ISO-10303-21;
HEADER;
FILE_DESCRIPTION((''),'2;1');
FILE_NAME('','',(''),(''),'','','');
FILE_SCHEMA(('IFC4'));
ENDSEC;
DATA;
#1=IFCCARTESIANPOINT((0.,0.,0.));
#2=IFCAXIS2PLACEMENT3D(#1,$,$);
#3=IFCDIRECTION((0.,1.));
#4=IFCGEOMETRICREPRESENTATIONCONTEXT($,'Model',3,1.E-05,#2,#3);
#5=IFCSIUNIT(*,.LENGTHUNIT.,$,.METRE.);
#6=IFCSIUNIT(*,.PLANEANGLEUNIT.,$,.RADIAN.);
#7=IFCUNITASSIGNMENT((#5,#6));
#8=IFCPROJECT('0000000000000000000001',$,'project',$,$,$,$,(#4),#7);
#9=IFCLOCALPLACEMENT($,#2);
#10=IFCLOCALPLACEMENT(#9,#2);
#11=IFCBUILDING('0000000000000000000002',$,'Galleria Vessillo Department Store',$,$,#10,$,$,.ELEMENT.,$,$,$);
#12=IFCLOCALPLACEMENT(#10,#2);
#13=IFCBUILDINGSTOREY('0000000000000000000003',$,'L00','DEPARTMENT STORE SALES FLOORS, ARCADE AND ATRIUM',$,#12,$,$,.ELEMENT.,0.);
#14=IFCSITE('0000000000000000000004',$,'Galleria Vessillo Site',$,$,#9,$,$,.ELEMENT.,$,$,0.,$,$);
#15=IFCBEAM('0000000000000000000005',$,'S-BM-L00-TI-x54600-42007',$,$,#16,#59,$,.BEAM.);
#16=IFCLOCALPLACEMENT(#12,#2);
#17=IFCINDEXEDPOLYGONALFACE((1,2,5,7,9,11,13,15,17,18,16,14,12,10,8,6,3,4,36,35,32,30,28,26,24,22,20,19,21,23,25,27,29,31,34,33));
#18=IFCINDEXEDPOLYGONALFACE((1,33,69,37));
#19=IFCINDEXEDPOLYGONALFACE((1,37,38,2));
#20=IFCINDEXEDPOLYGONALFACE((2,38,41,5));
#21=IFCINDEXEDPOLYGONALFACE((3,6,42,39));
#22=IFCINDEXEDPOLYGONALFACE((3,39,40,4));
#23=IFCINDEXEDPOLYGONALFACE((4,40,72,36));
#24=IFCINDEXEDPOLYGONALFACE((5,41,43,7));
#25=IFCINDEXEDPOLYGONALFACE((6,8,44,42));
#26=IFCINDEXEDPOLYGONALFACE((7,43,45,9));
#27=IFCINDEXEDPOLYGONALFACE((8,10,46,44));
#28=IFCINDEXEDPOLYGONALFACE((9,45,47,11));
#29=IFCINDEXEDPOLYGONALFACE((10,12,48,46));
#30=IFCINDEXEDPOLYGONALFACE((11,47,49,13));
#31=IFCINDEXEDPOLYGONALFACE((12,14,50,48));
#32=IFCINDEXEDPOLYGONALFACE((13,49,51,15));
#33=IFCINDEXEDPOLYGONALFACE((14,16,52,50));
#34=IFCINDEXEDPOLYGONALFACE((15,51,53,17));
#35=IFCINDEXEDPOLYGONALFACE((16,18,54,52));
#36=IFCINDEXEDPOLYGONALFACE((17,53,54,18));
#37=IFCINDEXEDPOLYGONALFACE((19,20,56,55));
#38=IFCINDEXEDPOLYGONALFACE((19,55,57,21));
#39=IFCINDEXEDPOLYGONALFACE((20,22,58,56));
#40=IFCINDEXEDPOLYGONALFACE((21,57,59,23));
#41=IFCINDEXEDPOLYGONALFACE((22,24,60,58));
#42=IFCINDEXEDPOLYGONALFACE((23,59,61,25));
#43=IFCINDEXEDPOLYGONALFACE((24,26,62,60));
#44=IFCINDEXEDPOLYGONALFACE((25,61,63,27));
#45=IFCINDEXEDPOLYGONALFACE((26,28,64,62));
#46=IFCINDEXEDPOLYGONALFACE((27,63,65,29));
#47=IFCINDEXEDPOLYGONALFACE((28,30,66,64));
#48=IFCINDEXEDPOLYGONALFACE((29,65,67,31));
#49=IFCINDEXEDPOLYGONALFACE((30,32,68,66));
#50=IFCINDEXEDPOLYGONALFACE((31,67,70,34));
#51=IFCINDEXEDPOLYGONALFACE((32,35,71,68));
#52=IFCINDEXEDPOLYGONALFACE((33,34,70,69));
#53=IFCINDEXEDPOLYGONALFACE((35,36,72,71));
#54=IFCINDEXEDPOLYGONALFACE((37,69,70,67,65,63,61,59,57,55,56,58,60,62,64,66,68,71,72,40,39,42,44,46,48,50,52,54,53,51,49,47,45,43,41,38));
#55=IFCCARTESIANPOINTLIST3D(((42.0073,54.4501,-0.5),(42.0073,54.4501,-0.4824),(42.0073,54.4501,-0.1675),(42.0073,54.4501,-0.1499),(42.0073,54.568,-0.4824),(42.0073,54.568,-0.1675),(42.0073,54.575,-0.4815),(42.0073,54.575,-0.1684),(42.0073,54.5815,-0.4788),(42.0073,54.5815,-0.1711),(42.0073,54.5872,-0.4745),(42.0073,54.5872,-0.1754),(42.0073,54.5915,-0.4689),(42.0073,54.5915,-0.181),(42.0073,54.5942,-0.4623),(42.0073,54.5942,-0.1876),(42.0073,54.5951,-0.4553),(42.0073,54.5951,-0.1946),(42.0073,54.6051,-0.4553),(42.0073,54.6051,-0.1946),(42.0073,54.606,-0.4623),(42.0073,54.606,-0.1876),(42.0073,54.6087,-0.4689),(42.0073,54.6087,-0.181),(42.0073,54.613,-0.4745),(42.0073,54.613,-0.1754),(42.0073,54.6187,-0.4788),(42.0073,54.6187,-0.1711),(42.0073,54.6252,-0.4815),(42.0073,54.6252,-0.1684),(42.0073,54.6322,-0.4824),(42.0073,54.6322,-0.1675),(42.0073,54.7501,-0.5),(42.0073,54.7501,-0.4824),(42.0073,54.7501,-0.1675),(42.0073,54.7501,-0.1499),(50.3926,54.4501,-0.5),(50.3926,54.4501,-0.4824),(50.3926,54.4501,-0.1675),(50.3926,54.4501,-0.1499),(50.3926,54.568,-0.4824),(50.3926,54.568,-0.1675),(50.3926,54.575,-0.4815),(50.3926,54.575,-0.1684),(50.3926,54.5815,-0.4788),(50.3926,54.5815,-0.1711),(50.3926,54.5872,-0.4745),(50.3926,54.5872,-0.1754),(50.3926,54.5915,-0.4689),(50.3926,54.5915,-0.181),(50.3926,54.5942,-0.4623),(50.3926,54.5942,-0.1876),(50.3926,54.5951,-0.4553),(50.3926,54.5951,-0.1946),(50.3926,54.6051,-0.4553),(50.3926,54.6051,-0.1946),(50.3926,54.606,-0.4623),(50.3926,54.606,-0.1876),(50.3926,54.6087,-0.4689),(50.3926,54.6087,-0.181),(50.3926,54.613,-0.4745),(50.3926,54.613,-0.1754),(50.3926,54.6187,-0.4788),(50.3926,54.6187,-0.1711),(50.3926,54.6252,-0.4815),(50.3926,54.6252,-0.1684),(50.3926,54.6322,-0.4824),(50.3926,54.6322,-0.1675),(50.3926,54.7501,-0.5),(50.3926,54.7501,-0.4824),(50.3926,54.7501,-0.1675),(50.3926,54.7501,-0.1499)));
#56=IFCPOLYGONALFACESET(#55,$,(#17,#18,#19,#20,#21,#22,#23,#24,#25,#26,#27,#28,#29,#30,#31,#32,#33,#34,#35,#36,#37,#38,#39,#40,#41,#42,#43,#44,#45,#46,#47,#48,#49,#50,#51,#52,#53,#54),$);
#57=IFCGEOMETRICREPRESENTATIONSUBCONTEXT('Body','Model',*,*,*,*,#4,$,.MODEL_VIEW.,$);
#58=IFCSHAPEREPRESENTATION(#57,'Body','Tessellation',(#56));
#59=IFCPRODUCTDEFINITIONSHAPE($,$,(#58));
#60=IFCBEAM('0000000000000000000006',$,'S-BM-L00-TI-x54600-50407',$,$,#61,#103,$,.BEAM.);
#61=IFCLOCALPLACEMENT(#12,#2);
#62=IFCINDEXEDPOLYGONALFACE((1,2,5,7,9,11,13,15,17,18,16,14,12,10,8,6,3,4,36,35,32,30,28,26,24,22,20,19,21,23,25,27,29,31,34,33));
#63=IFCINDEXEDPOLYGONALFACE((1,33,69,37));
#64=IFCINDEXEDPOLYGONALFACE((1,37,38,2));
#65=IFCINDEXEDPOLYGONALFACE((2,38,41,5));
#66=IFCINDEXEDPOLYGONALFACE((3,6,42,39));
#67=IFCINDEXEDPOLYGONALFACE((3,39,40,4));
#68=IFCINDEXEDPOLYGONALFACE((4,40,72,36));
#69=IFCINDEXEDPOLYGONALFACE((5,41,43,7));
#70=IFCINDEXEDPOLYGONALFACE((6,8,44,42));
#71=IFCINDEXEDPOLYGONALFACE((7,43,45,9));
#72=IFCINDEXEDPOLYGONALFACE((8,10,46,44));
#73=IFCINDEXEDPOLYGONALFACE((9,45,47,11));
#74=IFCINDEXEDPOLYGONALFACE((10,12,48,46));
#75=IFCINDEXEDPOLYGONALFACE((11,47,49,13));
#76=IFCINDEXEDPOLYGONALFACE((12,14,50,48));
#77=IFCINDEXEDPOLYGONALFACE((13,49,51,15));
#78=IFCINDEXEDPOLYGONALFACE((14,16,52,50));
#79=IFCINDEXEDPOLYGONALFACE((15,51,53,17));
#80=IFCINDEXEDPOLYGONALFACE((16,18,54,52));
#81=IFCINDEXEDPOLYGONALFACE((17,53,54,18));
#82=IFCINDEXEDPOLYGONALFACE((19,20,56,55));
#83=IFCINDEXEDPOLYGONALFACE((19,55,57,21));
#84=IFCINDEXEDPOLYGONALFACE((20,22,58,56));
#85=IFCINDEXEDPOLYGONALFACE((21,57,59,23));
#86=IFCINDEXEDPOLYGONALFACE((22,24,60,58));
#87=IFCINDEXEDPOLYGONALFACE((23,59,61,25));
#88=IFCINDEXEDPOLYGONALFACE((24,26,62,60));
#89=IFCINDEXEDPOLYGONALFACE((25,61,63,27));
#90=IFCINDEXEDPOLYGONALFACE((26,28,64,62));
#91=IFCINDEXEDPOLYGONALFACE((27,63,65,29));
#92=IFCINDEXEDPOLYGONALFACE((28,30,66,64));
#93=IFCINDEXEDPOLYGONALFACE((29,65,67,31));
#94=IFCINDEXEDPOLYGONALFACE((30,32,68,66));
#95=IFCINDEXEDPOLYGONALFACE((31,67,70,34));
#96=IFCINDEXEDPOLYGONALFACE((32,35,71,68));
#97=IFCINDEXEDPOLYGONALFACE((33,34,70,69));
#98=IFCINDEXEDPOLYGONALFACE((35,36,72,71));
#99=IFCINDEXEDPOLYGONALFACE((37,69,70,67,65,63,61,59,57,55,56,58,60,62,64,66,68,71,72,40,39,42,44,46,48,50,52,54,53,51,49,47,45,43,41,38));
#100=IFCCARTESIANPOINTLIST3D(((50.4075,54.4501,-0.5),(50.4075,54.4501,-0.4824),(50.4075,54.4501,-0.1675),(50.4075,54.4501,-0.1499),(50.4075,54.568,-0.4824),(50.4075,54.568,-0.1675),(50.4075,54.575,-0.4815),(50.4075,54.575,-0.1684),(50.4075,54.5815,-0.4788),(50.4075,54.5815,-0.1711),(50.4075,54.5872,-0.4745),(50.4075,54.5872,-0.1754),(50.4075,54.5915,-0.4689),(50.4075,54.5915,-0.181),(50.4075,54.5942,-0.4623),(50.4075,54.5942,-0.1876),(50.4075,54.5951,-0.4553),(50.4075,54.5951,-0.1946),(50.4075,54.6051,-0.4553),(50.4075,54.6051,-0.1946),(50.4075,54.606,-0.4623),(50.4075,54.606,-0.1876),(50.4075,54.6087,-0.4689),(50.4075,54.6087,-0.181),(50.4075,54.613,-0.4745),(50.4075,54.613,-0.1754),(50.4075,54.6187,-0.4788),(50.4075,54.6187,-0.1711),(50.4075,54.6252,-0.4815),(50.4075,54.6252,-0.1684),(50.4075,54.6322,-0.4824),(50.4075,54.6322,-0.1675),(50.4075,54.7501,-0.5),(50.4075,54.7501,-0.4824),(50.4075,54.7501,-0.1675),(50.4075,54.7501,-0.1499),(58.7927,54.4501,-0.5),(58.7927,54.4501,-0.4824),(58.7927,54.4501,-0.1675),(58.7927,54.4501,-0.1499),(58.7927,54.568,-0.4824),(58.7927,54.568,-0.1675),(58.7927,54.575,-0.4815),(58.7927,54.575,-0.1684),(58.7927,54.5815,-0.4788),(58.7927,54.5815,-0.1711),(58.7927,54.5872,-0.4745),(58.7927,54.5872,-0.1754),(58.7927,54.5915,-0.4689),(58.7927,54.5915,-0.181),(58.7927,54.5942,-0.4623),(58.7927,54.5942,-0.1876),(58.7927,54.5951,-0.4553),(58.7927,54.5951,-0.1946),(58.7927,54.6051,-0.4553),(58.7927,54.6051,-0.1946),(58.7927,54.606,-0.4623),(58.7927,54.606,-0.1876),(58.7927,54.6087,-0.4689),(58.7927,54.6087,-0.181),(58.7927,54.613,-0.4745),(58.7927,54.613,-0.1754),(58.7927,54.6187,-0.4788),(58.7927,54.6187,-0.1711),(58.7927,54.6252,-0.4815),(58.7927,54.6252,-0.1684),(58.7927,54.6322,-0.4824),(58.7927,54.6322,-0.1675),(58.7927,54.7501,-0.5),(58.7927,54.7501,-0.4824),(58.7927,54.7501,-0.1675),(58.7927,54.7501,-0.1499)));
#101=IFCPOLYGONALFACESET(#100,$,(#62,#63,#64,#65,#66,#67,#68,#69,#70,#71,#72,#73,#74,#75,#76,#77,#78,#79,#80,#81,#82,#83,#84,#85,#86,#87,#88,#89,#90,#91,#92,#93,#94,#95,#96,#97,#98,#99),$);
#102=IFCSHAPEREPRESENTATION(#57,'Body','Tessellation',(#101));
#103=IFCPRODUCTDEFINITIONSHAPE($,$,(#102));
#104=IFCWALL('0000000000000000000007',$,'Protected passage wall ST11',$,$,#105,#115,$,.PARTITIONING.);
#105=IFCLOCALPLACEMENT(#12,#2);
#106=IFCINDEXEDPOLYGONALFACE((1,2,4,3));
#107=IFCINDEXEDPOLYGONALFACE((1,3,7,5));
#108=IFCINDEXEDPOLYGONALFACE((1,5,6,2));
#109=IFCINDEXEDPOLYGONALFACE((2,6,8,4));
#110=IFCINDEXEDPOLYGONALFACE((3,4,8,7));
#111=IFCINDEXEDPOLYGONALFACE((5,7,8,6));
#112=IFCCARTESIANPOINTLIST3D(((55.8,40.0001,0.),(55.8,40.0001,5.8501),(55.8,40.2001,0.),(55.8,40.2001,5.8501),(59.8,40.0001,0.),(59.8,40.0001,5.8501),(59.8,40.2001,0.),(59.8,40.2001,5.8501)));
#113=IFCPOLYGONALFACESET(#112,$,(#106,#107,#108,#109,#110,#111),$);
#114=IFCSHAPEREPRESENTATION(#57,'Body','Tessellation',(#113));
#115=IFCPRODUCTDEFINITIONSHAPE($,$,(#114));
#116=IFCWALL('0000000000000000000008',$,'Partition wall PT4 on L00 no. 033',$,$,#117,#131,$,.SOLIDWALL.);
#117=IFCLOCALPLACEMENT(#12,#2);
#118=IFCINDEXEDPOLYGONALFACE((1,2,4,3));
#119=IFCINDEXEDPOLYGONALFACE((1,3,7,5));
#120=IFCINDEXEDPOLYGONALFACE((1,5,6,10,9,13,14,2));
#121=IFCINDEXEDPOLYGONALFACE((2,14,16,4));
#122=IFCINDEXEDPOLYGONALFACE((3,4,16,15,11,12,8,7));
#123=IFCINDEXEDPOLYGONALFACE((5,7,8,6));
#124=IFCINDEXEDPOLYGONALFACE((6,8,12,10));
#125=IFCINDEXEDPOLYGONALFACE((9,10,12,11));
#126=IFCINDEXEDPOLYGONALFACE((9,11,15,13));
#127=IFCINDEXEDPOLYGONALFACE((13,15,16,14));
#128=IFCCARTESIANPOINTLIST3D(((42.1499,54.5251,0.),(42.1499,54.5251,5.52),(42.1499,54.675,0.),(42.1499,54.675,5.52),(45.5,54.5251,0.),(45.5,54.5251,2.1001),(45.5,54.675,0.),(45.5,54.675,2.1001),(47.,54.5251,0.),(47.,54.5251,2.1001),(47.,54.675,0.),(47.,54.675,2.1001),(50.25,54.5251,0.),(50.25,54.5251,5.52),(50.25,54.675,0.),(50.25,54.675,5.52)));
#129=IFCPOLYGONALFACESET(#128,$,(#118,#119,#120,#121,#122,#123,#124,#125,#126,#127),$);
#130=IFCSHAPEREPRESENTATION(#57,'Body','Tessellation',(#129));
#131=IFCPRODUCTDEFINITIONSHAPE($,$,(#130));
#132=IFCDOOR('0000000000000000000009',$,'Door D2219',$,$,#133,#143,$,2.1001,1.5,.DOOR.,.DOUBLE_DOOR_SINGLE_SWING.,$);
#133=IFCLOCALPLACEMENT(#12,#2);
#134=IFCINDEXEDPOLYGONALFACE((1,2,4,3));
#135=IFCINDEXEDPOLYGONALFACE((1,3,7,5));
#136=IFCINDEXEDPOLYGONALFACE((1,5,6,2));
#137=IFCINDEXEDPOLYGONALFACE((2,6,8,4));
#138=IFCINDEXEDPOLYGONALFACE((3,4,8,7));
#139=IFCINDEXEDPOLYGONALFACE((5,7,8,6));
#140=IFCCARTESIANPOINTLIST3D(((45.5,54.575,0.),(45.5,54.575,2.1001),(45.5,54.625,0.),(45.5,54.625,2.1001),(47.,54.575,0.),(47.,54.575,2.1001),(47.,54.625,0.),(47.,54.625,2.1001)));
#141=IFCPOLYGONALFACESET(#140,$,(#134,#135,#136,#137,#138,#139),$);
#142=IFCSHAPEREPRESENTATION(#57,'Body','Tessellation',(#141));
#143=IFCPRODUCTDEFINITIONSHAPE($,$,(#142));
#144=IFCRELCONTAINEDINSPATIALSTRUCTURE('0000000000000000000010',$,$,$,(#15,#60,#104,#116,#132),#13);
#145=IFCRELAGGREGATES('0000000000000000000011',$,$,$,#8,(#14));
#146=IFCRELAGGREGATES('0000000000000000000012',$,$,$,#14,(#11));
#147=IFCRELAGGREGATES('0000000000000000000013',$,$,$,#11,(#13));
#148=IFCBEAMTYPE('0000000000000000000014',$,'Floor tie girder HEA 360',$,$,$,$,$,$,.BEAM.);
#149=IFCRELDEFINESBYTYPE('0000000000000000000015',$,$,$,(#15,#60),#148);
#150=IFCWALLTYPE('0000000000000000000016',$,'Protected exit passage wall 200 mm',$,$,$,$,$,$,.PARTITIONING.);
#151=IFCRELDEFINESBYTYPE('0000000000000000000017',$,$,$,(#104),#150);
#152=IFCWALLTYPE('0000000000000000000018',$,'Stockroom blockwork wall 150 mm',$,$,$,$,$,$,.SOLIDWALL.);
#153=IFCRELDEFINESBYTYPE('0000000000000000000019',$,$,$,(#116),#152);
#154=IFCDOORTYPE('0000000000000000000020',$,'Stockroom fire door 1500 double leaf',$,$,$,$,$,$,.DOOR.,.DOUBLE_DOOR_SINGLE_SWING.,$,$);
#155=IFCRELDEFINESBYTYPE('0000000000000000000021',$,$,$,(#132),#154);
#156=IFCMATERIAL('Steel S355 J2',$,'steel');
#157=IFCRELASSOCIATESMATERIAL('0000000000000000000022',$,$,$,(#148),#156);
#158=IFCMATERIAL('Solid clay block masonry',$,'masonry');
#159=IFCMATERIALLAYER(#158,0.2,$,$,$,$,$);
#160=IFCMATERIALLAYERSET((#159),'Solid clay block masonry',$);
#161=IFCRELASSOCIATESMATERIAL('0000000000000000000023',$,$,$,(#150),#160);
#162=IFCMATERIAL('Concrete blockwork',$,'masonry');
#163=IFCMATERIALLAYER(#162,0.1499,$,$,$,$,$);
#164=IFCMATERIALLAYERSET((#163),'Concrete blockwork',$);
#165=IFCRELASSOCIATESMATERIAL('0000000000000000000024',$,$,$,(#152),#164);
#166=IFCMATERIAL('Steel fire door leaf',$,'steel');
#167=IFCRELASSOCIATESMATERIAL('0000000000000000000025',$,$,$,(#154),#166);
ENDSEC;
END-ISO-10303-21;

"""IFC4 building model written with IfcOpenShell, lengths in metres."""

from ifc_helpers import new_model, si_unit, direction, frame, frame_2d, origin, origin_2d, place, context, subcontext, project, spatial, rectangle, i_section, extrude, material, layer, layer_set, material_profile, profile_set, type_object, element, fill, save


model = new_model("IFC4")

# Units and contexts
model_context = context("Model", 3, precision=1e-05, world=origin(), true_north=direction((0.0, 1.0)))
body_context = subcontext(model_context, "Body", "Model", "MODEL_VIEW")
ifc_project = project(units=[si_unit("LENGTHUNIT", "METRE"), si_unit("PLANEANGLEUNIT", "RADIAN")], contexts=[model_context])

# Site, building, storey
site_placement = place(None, origin())
site = spatial("IfcSite", under=ifc_project, at=site_placement, Name="Galleria Vessillo Site", CompositionType="ELEMENT", RefElevation=0.0)
building_placement = place(site_placement, origin())
building = spatial("IfcBuilding", under=site, at=building_placement, Name="Galleria Vessillo Department Store", CompositionType="ELEMENT")
storey_placement = place(building_placement, origin())
storey = spatial("IfcBuildingStorey", under=building, at=storey_placement, Name="L00", Description="DEPARTMENT STORE SALES FLOORS, ARCADE AND ATRIUM", CompositionType="ELEMENT", Elevation=0.0)

# Beams
ifc_material_1 = material(Name="Steel S355 J2", Category="steel")
ifc_material_profile_1 = material_profile(ifc_material_1, i_section(OverallWidth=0.3, OverallDepth=0.3501, WebThickness=0.01, FlangeThickness=0.0176, FilletRadius=0.0271, at=origin_2d()), Name="HEA 360")
ifc_profile_set_1 = profile_set([ifc_material_profile_1], Name="Steel S355 J2")
beam_type_1 = type_object("IfcBeamType", Name="Floor tie girder HEA 360", PredefinedType="BEAM", material=ifc_profile_set_1)
for number, where, z_axis, x_axis, name in (
    (1, (42.0073, 54.6001, -0.325), (1.0, 0.0, 0.0), (0.0, 1.0, 0.0), "S-BM-L00-TI-x54600-42007"),
    (2, (50.4075, 54.6001, -0.325), (1.0, 0.0, 0.0), (0.0, 1.0, 0.0), "S-BM-L00-TI-x54600-50407"),
):
    element("IfcBeam", number, at=place(storey_placement, frame(where, z_axis=z_axis, x_axis=x_axis)), inside=storey, type_object=beam_type_1, Name=name, PredefinedType="BEAM", context=body_context, shape_type="SweptSolid", body=[
        extrude(i_section(OverallWidth=0.3, OverallDepth=0.3501, WebThickness=0.01, FlangeThickness=0.0176, FilletRadius=0.0271, at=origin_2d()), origin(), (0.0, 0.0, 1.0), 8.3853),
    ])

# Wall
ifc_material_2 = material(Name="Solid clay block masonry", Category="masonry")
ifc_layer_1 = layer(ifc_material_2, 0.2)
ifc_layer_set_1 = layer_set([ifc_layer_1], Name="Solid clay block masonry")
wall_type_1 = type_object("IfcWallType", Name="Protected exit passage wall 200 mm", PredefinedType="PARTITIONING", material=ifc_layer_set_1)
wall_1_placement = place(storey_placement, frame((55.8, 40.1001, 0.0), z_axis=(0.0, 0.0, 1.0), x_axis=(1.0, 0.0, 0.0)))
element("IfcWall", 3, at=wall_1_placement, inside=storey, type_object=wall_type_1, Name="Protected passage wall ST11", PredefinedType="PARTITIONING", context=body_context, shape_type="SweptSolid", body=[
    extrude(rectangle(XDim=4.0, YDim=0.2, at=frame_2d((2.0, 0.0))), origin(), (0.0, 0.0, 1.0), 5.8501),
])

# Wall, opening, door
ifc_material_3 = material(Name="Concrete blockwork", Category="masonry")
ifc_layer_2 = layer(ifc_material_3, 0.1499)
ifc_layer_set_2 = layer_set([ifc_layer_2], Name="Concrete blockwork")
wall_type_2 = type_object("IfcWallType", Name="Stockroom blockwork wall 150 mm", PredefinedType="SOLIDWALL", material=ifc_layer_set_2)
wall_2_placement = place(storey_placement, frame((42.1499, 54.6001, 0.0), z_axis=(0.0, 0.0, 1.0), x_axis=(1.0, 0.0, 0.0)))
wall_2 = element("IfcWall", 4, at=wall_2_placement, inside=storey, type_object=wall_type_2, Name="Partition wall PT4 on L00 no. 033", PredefinedType="SOLIDWALL", context=body_context, shape_type="SweptSolid", body=[
    extrude(rectangle(XDim=8.1001, YDim=0.1499, at=frame_2d((4.05, 0.0))), origin(), (0.0, 0.0, 1.0), 5.52),
])
opening_placement = place(wall_2_placement, frame((3.3501, 0.0, 0.0)))
opening = element("IfcOpeningElement", 5, at=opening_placement, cuts=wall_2, PredefinedType="OPENING", context=body_context, shape_type="SweptSolid", body=[
    extrude(rectangle(XDim=1.5, YDim=2.1001, at=frame_2d((0.75, 1.05))), frame((0.0, 0.085, 0.0), z_axis=(0.0, -1.0, 0.0), x_axis=(1.0, 0.0, 0.0)), (0.0, 0.0, 1.0), 0.1699),
])
ifc_material_4 = material(Name="Steel fire door leaf", Category="steel")
door_type = type_object("IfcDoorType", Name="Stockroom fire door 1500 double leaf", OperationType="DOUBLE_DOOR_SINGLE_SWING", PredefinedType="DOOR", material=ifc_material_4)
door_placement = place(opening_placement, origin())
door = element("IfcDoor", 6, at=door_placement, inside=storey, type_object=door_type, Name="Door D2219", OperationType="DOUBLE_DOOR_SINGLE_SWING", OverallHeight=2.1001, OverallWidth=1.5, PredefinedType="DOOR", context=body_context, shape_type="SweptSolid", body=[
    extrude(rectangle(XDim=1.5, YDim=2.1001, at=frame_2d((0.75, 1.05))), frame((0.0, 0.0249, 0.0), z_axis=(0.0, -1.0, 0.0), x_axis=(1.0, 0.0, 0.0)), (0.0, 0.0, 1.0), 0.05),
])
fill(opening, door)

save(model, "model.ifc")
